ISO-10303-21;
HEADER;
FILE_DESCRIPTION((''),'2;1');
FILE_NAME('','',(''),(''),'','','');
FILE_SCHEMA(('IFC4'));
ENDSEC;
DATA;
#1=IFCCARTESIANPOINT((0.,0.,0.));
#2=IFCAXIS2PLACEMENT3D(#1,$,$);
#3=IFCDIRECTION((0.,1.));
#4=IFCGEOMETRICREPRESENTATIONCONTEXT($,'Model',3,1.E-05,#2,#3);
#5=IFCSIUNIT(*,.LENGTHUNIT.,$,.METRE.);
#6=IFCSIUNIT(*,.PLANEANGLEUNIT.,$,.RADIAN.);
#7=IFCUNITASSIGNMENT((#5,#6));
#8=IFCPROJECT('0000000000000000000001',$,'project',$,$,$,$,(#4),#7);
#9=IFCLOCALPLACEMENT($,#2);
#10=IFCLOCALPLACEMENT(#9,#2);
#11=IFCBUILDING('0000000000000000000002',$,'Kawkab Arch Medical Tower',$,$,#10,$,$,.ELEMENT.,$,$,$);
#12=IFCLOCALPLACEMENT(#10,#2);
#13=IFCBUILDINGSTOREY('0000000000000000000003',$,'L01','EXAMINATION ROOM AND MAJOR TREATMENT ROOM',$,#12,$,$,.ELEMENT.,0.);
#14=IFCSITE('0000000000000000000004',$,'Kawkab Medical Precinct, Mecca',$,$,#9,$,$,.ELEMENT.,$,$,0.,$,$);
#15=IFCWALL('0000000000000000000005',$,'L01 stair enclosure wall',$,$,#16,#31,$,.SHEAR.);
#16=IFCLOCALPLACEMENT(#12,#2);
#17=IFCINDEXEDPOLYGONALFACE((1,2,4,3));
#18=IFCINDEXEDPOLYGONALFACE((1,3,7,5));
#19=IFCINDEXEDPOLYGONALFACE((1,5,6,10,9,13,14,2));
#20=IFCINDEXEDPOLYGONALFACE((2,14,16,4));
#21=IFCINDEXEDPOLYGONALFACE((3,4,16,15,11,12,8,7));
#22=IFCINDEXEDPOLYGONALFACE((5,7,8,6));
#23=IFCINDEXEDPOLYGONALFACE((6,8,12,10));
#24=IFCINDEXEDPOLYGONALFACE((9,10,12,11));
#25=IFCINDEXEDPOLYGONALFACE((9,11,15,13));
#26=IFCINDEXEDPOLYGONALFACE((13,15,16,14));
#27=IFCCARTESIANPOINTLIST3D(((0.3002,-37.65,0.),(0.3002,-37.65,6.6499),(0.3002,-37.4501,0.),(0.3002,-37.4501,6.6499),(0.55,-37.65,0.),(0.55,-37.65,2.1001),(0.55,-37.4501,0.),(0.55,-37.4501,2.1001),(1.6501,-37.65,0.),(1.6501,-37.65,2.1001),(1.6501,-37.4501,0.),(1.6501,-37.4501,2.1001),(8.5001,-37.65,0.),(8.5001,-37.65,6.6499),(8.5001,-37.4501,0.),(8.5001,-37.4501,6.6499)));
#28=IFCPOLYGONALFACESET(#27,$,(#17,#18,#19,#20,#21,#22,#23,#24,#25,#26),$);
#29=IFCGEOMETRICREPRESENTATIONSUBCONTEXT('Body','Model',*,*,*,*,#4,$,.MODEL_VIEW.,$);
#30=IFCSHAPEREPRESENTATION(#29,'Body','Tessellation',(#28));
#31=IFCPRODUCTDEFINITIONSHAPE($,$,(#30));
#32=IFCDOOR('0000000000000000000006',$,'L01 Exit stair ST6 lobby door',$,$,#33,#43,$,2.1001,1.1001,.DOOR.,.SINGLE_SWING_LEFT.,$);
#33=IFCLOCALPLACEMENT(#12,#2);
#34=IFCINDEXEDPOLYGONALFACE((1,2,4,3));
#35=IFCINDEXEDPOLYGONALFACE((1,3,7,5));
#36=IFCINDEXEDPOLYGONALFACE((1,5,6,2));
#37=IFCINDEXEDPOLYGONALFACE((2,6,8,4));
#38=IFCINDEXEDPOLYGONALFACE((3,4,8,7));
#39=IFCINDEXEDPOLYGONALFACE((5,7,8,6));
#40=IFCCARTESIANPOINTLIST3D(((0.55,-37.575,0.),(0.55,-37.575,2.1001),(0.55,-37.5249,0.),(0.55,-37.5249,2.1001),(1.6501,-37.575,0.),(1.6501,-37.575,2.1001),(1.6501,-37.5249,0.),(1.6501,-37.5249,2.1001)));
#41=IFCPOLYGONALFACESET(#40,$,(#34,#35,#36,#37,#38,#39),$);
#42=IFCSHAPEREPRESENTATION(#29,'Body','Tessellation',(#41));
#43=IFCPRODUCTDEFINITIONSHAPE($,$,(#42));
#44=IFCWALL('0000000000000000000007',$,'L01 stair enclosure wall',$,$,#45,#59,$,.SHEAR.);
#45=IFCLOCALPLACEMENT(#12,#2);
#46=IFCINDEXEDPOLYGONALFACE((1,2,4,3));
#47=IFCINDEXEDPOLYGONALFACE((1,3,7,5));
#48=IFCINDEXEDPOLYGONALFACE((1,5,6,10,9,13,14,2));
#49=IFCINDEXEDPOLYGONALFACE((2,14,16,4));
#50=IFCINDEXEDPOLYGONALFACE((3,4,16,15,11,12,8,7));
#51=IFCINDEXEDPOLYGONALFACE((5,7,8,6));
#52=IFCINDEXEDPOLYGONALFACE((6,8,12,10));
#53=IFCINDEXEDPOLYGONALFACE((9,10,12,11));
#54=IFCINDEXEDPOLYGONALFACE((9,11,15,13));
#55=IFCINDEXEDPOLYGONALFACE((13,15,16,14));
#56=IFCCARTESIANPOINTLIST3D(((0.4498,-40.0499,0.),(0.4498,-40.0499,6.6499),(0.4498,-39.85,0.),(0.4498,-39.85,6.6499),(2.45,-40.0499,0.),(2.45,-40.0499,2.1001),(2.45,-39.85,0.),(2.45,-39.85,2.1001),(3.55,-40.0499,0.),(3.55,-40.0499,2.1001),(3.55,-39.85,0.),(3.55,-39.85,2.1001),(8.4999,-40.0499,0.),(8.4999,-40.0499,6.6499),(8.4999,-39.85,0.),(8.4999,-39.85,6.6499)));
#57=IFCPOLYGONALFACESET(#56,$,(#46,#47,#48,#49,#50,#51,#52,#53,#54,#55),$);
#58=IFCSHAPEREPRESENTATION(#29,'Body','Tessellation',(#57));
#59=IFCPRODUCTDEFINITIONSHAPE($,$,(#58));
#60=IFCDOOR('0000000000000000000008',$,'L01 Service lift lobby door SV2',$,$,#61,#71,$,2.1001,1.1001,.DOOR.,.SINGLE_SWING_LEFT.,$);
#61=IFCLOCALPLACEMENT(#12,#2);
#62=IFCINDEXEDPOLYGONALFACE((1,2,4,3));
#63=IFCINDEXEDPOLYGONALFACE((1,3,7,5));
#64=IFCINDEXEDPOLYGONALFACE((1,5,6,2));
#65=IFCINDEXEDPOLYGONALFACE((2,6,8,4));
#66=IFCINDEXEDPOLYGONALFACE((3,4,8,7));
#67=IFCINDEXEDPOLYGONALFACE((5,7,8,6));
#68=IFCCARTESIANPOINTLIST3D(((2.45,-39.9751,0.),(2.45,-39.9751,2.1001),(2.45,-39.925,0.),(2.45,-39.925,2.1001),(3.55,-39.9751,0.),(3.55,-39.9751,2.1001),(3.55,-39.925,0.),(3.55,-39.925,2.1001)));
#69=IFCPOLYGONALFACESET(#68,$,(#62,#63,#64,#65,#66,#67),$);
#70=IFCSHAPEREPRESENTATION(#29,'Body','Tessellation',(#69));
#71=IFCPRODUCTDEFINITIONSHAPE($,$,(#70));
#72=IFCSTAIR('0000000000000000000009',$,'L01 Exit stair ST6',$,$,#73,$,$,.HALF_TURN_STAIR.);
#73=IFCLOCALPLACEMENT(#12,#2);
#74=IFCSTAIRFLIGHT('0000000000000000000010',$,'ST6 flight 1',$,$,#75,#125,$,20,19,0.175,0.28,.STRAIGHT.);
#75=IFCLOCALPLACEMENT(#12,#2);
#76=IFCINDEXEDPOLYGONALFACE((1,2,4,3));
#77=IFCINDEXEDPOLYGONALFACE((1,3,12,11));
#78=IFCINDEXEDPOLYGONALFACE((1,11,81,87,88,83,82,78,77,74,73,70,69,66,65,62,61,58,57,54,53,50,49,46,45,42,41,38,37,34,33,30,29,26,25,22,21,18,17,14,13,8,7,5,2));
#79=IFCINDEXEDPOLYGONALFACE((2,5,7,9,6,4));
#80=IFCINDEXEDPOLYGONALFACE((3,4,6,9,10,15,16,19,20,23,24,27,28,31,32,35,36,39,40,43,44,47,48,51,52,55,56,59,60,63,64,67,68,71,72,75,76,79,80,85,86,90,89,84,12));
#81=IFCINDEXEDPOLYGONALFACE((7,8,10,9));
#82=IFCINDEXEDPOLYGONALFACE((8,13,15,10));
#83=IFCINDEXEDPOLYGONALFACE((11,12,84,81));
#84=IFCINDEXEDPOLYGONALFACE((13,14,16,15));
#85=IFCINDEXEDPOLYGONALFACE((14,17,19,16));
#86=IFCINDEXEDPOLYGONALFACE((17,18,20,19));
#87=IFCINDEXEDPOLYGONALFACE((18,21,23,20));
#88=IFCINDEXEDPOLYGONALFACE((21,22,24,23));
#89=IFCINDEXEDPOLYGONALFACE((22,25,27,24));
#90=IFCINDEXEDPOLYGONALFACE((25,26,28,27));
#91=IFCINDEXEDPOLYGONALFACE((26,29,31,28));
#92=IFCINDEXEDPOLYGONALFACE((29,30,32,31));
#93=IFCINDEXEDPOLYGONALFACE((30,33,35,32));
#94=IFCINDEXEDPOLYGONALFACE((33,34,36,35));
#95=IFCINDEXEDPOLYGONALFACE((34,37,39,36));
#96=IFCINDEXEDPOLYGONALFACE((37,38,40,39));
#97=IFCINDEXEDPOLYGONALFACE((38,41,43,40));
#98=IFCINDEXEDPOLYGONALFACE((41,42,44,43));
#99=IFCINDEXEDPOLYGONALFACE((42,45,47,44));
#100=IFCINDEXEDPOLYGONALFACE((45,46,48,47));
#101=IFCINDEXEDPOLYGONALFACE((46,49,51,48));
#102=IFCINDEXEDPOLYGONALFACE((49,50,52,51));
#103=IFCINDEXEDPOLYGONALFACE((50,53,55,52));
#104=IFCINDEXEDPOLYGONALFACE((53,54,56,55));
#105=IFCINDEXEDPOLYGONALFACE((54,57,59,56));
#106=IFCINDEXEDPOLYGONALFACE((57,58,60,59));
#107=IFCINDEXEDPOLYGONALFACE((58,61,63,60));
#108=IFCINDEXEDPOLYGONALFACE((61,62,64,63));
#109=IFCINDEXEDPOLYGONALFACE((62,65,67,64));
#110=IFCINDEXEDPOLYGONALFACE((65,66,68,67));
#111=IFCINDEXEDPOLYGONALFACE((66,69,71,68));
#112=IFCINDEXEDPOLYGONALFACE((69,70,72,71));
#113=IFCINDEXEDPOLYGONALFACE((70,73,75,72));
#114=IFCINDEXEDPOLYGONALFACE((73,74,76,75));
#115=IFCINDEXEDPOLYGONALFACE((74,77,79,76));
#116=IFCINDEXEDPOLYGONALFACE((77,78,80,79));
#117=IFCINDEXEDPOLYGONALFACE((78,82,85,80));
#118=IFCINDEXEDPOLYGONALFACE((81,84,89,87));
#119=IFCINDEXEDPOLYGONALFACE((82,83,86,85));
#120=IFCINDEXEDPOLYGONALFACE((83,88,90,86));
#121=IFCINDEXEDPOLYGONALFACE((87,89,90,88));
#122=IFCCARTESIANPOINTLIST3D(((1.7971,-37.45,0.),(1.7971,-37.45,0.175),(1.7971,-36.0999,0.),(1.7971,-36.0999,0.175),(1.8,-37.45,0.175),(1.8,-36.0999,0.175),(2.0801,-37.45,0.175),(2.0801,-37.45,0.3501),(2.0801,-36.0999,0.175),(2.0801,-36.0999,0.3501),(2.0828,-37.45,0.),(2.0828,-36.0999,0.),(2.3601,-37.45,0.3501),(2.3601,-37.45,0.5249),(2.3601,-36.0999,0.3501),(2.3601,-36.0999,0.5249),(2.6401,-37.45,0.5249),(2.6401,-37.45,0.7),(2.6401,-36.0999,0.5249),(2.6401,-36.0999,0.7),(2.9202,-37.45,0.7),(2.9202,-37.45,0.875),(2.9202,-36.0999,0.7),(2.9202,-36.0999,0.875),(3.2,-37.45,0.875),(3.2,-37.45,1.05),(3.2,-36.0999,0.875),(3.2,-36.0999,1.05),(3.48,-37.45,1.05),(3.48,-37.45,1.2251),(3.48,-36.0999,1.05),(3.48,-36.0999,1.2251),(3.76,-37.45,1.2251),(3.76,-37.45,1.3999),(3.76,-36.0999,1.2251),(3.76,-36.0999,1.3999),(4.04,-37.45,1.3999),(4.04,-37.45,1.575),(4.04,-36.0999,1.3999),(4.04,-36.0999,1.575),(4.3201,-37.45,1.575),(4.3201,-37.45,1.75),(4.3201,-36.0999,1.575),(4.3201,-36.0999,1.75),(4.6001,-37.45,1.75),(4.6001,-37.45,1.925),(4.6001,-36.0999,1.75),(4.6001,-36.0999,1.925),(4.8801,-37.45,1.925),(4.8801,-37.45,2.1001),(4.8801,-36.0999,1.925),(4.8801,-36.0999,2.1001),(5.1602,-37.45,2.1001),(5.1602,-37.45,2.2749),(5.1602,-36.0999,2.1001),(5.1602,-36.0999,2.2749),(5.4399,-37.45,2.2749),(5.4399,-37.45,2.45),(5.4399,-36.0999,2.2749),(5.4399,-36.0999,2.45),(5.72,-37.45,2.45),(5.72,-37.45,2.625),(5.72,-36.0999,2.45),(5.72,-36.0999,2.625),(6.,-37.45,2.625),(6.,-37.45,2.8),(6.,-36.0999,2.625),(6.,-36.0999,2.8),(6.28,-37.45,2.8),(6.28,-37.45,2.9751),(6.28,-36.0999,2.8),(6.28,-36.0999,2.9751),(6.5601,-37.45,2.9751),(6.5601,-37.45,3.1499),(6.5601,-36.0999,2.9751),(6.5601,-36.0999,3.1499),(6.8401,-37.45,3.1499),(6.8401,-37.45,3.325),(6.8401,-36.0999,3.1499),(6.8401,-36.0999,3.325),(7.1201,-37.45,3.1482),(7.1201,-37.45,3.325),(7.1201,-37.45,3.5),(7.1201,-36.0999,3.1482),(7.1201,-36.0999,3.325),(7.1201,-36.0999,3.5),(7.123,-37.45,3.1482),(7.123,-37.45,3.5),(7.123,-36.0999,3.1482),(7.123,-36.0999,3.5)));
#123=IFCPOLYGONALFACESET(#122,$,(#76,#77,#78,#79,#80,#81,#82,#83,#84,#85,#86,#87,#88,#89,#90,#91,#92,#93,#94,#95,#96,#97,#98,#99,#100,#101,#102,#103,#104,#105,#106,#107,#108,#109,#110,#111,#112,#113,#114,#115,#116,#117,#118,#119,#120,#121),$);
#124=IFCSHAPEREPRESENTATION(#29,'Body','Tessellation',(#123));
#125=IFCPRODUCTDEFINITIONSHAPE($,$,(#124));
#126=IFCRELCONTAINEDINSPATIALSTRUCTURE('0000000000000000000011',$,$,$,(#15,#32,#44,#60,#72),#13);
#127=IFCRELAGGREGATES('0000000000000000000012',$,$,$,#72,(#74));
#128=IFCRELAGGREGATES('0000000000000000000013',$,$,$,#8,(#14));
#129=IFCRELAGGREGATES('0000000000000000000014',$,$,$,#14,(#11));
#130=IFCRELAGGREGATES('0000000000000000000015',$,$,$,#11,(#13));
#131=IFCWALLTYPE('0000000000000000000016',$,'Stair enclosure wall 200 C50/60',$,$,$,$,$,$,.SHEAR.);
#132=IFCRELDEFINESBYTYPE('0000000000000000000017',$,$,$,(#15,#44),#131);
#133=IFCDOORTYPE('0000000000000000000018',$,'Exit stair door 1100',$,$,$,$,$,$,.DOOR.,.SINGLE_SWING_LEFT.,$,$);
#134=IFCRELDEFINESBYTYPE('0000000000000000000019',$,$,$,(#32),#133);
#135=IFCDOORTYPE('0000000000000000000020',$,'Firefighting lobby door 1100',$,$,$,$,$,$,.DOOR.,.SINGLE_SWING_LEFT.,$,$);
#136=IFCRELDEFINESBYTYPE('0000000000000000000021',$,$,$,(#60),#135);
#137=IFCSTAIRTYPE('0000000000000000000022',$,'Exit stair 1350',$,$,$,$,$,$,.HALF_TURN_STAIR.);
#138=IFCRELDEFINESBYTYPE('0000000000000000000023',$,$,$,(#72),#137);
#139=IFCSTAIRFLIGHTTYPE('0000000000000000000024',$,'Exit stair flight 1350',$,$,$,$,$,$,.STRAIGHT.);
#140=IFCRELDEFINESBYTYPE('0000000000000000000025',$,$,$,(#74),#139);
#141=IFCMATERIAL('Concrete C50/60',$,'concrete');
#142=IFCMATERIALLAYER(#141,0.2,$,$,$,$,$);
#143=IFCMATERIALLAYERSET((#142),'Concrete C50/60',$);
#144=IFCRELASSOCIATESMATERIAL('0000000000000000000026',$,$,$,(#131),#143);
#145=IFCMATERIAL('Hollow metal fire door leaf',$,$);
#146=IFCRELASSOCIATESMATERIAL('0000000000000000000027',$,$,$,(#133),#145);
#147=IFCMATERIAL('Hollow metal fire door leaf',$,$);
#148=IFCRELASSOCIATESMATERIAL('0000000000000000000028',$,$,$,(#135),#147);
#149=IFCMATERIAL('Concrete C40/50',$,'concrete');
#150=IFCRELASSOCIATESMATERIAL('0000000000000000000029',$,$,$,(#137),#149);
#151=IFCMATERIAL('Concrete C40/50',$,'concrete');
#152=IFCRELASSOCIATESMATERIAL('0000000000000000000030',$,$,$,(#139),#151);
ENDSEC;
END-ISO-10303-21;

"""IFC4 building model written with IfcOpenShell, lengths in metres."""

from ifc_helpers import new_model, si_unit, direction, frame, frame_2d, origin, place, context, subcontext, project, spatial, polyline, rectangle, outline, extrude, material, layer, layer_set, type_object, element, fill, aggregate, save


model = new_model("IFC4")

# Units and contexts
model_context = context("Model", 3, precision=1e-05, world=origin(), true_north=direction((0.0, 1.0)))
body_context = subcontext(model_context, "Body", "Model", "MODEL_VIEW")
ifc_project = project(units=[si_unit("LENGTHUNIT", "METRE"), si_unit("PLANEANGLEUNIT", "RADIAN")], contexts=[model_context])

# Site, building, storey
site_placement = place(None, origin())
site = spatial("IfcSite", under=ifc_project, at=site_placement, Name="Kawkab Medical Precinct, Mecca", CompositionType="ELEMENT", RefElevation=0.0)
building_placement = place(site_placement, origin())
building = spatial("IfcBuilding", under=site, at=building_placement, Name="Kawkab Arch Medical Tower", CompositionType="ELEMENT")
storey_placement = place(building_placement, origin())
storey = spatial("IfcBuildingStorey", under=building, at=storey_placement, Name="L01", Description="EXAMINATION ROOM AND MAJOR TREATMENT ROOM", CompositionType="ELEMENT", Elevation=0.0)

# Walls, openings, doors
ifc_material_1 = material(Name="Concrete C50/60", Category="concrete")
ifc_layer_1 = layer(ifc_material_1, 0.2)
ifc_layer_set_1 = layer_set([ifc_layer_1], Name="Concrete C50/60")
wall_type_1 = type_object("IfcWallType", Name="Stair enclosure wall 200 C50/60", PredefinedType="SHEAR", material=ifc_layer_set_1)
ifc_material_2 = material(Name="Hollow metal fire door leaf")
door_type_1 = type_object("IfcDoorType", Name="Exit stair door 1100", OperationType="SINGLE_SWING_LEFT", PredefinedType="DOOR", material=ifc_material_2)
wall_1_placement = place(storey_placement, frame((0.3, -37.55, 0.0), z_axis=(0.0, 0.0, 1.0), x_axis=(1.0, 0.0, 0.0)))
wall_1 = element("IfcWall", 1, at=wall_1_placement, inside=storey, type_object=wall_type_1, Name="L01 stair enclosure wall", PredefinedType="SHEAR", context=body_context, shape_type="SweptSolid", body=[
    extrude(rectangle(XDim=8.2, YDim=0.2, at=frame_2d((4.1001, 0.0))), origin(), (0.0, 0.0, 1.0), 6.6499),
])
opening_1_placement = place(wall_1_placement, frame((0.25, 0.0, 0.0)))
opening_1 = element("IfcOpeningElement", 2, at=opening_1_placement, cuts=wall_1, PredefinedType="OPENING", context=body_context, shape_type="SweptSolid", body=[
    extrude(rectangle(XDim=1.1001, YDim=2.1001, at=frame_2d((0.55, 1.05))), frame((0.0, 0.1099, 0.0), z_axis=(0.0, -1.0, 0.0), x_axis=(1.0, 0.0, 0.0)), (0.0, 0.0, 1.0), 0.22),
])
door_1_placement = place(opening_1_placement, frame((1.1001, 0.0, 0.0), z_axis=(0.0, 0.0, 1.0), x_axis=(-1.0, 0.0, 0.0)))
door_1 = element("IfcDoor", 3, at=door_1_placement, inside=storey, type_object=door_type_1, Name="L01 Exit stair ST6 lobby door", OperationType="SINGLE_SWING_LEFT", OverallHeight=2.1001, OverallWidth=1.1001, PredefinedType="DOOR", context=body_context, shape_type="SweptSolid", body=[
    extrude(rectangle(XDim=1.1001, YDim=2.1001, at=frame_2d((0.55, 1.05))), frame((0.0, 0.0249, 0.0), z_axis=(0.0, -1.0, 0.0), x_axis=(1.0, 0.0, 0.0)), (0.0, 0.0, 1.0), 0.05),
])
fill(opening_1, door_1)
wall_2_placement = place(storey_placement, frame((0.45, -39.95, 0.0), z_axis=(0.0, 0.0, 1.0), x_axis=(1.0, 0.0, 0.0)))
wall_2 = element("IfcWall", 4, at=wall_2_placement, inside=storey, type_object=wall_type_1, Name="L01 stair enclosure wall", PredefinedType="SHEAR", context=body_context, shape_type="SweptSolid", body=[
    extrude(rectangle(XDim=8.05, YDim=0.2, at=frame_2d((4.0249, 0.0))), origin(), (0.0, 0.0, 1.0), 6.6499),
])
opening_2_placement = place(wall_2_placement, frame((2.0, 0.0, 0.0)))
opening_2 = element("IfcOpeningElement", 5, at=opening_2_placement, cuts=wall_2, PredefinedType="OPENING", context=body_context, shape_type="SweptSolid", body=[
    extrude(rectangle(XDim=1.1001, YDim=2.1001, at=frame_2d((0.55, 1.05))), frame((0.0, 0.1099, 0.0), z_axis=(0.0, -1.0, 0.0), x_axis=(1.0, 0.0, 0.0)), (0.0, 0.0, 1.0), 0.22),
])
ifc_material_3 = material(Name="Hollow metal fire door leaf")
door_type_2 = type_object("IfcDoorType", Name="Firefighting lobby door 1100", OperationType="SINGLE_SWING_LEFT", PredefinedType="DOOR", material=ifc_material_3)
door_2_placement = place(opening_2_placement, origin())
door_2 = element("IfcDoor", 6, at=door_2_placement, inside=storey, type_object=door_type_2, Name="L01 Service lift lobby door SV2", OperationType="SINGLE_SWING_LEFT", OverallHeight=2.1001, OverallWidth=1.1001, PredefinedType="DOOR", context=body_context, shape_type="SweptSolid", body=[
    extrude(rectangle(XDim=1.1001, YDim=2.1001, at=frame_2d((0.55, 1.05))), frame((0.0, 0.0249, 0.0), z_axis=(0.0, -1.0, 0.0), x_axis=(1.0, 0.0, 0.0)), (0.0, 0.0, 1.0), 0.05),
])
fill(opening_2, door_2)

# Stair, stair flight
ifc_material_4 = material(Name="Concrete C40/50", Category="concrete")
stair_type = type_object("IfcStairType", Name="Exit stair 1350", PredefinedType="HALF_TURN_STAIR", material=ifc_material_4)
stair_placement = place(storey_placement, origin())
stair = element("IfcStair", 7, at=stair_placement, inside=storey, type_object=stair_type, Name="L01 Exit stair ST6", PredefinedType="HALF_TURN_STAIR")
ifc_material_5 = material(Name="Concrete C40/50", Category="concrete")
stair_flight_type = type_object("IfcStairFlightType", Name="Exit stair flight 1350", PredefinedType="STRAIGHT", material=ifc_material_5)
stair_flight_1_placement = place(storey_placement, frame((1.8, -36.7749, 0.0), z_axis=(0.0, 0.0, 1.0), x_axis=(1.0, 0.0, 0.0)))
stair_flight_1 = element("IfcStairFlight", 8, at=stair_flight_1_placement, type_object=stair_flight_type, Name="ST6 flight 1", NumberOfRisers=20, NumberOfTreads=19, PredefinedType="STRAIGHT", RiserHeight=0.175, TreadLength=0.28, context=body_context, shape_type="SweptSolid", body=[
    extrude(outline(polyline([(-0.0029, 0.0), (-0.0029, 0.175), (0.0, 0.175), (0.28, 0.175), (0.28, 0.3501), (0.5601, 0.3501), (0.5601, 0.5249), (0.8401, 0.5249), (0.8401, 0.7), (1.1201, 0.7), (1.1201, 0.875), (1.3999, 0.875), (1.3999, 1.05), (1.6799, 1.05), (1.6799, 1.2251), (1.96, 1.2251), (1.96, 1.3999), (2.24, 1.3999), (2.24, 1.575), (2.52, 1.575), (2.52, 1.75), (2.8, 1.75), (2.8, 1.925), (3.0801, 1.925), (3.0801, 2.1001), (3.3601, 2.1001), (3.3601, 2.2749), (3.6399, 2.2749), (3.6399, 2.45), (3.9199, 2.45), (3.9199, 2.625), (4.2, 2.625), (4.2, 2.8), (4.48, 2.8), (4.48, 2.9751), (4.76, 2.9751), (4.76, 3.1499), (5.04, 3.1499), (5.04, 3.325), (5.3201, 3.325), (5.3201, 3.5), (5.323, 3.5), (5.323, 3.1482), (5.3201, 3.1482), (0.2827, 0.0), (-0.0029, 0.0)])), frame((0.0, 0.675, 0.0), z_axis=(0.0, -1.0, 0.0), x_axis=(1.0, 0.0, 0.0)), (0.0, 0.0, 1.0), 1.3501),
])
aggregate(stair, [stair_flight_1])

save(model, "model.ifc")
